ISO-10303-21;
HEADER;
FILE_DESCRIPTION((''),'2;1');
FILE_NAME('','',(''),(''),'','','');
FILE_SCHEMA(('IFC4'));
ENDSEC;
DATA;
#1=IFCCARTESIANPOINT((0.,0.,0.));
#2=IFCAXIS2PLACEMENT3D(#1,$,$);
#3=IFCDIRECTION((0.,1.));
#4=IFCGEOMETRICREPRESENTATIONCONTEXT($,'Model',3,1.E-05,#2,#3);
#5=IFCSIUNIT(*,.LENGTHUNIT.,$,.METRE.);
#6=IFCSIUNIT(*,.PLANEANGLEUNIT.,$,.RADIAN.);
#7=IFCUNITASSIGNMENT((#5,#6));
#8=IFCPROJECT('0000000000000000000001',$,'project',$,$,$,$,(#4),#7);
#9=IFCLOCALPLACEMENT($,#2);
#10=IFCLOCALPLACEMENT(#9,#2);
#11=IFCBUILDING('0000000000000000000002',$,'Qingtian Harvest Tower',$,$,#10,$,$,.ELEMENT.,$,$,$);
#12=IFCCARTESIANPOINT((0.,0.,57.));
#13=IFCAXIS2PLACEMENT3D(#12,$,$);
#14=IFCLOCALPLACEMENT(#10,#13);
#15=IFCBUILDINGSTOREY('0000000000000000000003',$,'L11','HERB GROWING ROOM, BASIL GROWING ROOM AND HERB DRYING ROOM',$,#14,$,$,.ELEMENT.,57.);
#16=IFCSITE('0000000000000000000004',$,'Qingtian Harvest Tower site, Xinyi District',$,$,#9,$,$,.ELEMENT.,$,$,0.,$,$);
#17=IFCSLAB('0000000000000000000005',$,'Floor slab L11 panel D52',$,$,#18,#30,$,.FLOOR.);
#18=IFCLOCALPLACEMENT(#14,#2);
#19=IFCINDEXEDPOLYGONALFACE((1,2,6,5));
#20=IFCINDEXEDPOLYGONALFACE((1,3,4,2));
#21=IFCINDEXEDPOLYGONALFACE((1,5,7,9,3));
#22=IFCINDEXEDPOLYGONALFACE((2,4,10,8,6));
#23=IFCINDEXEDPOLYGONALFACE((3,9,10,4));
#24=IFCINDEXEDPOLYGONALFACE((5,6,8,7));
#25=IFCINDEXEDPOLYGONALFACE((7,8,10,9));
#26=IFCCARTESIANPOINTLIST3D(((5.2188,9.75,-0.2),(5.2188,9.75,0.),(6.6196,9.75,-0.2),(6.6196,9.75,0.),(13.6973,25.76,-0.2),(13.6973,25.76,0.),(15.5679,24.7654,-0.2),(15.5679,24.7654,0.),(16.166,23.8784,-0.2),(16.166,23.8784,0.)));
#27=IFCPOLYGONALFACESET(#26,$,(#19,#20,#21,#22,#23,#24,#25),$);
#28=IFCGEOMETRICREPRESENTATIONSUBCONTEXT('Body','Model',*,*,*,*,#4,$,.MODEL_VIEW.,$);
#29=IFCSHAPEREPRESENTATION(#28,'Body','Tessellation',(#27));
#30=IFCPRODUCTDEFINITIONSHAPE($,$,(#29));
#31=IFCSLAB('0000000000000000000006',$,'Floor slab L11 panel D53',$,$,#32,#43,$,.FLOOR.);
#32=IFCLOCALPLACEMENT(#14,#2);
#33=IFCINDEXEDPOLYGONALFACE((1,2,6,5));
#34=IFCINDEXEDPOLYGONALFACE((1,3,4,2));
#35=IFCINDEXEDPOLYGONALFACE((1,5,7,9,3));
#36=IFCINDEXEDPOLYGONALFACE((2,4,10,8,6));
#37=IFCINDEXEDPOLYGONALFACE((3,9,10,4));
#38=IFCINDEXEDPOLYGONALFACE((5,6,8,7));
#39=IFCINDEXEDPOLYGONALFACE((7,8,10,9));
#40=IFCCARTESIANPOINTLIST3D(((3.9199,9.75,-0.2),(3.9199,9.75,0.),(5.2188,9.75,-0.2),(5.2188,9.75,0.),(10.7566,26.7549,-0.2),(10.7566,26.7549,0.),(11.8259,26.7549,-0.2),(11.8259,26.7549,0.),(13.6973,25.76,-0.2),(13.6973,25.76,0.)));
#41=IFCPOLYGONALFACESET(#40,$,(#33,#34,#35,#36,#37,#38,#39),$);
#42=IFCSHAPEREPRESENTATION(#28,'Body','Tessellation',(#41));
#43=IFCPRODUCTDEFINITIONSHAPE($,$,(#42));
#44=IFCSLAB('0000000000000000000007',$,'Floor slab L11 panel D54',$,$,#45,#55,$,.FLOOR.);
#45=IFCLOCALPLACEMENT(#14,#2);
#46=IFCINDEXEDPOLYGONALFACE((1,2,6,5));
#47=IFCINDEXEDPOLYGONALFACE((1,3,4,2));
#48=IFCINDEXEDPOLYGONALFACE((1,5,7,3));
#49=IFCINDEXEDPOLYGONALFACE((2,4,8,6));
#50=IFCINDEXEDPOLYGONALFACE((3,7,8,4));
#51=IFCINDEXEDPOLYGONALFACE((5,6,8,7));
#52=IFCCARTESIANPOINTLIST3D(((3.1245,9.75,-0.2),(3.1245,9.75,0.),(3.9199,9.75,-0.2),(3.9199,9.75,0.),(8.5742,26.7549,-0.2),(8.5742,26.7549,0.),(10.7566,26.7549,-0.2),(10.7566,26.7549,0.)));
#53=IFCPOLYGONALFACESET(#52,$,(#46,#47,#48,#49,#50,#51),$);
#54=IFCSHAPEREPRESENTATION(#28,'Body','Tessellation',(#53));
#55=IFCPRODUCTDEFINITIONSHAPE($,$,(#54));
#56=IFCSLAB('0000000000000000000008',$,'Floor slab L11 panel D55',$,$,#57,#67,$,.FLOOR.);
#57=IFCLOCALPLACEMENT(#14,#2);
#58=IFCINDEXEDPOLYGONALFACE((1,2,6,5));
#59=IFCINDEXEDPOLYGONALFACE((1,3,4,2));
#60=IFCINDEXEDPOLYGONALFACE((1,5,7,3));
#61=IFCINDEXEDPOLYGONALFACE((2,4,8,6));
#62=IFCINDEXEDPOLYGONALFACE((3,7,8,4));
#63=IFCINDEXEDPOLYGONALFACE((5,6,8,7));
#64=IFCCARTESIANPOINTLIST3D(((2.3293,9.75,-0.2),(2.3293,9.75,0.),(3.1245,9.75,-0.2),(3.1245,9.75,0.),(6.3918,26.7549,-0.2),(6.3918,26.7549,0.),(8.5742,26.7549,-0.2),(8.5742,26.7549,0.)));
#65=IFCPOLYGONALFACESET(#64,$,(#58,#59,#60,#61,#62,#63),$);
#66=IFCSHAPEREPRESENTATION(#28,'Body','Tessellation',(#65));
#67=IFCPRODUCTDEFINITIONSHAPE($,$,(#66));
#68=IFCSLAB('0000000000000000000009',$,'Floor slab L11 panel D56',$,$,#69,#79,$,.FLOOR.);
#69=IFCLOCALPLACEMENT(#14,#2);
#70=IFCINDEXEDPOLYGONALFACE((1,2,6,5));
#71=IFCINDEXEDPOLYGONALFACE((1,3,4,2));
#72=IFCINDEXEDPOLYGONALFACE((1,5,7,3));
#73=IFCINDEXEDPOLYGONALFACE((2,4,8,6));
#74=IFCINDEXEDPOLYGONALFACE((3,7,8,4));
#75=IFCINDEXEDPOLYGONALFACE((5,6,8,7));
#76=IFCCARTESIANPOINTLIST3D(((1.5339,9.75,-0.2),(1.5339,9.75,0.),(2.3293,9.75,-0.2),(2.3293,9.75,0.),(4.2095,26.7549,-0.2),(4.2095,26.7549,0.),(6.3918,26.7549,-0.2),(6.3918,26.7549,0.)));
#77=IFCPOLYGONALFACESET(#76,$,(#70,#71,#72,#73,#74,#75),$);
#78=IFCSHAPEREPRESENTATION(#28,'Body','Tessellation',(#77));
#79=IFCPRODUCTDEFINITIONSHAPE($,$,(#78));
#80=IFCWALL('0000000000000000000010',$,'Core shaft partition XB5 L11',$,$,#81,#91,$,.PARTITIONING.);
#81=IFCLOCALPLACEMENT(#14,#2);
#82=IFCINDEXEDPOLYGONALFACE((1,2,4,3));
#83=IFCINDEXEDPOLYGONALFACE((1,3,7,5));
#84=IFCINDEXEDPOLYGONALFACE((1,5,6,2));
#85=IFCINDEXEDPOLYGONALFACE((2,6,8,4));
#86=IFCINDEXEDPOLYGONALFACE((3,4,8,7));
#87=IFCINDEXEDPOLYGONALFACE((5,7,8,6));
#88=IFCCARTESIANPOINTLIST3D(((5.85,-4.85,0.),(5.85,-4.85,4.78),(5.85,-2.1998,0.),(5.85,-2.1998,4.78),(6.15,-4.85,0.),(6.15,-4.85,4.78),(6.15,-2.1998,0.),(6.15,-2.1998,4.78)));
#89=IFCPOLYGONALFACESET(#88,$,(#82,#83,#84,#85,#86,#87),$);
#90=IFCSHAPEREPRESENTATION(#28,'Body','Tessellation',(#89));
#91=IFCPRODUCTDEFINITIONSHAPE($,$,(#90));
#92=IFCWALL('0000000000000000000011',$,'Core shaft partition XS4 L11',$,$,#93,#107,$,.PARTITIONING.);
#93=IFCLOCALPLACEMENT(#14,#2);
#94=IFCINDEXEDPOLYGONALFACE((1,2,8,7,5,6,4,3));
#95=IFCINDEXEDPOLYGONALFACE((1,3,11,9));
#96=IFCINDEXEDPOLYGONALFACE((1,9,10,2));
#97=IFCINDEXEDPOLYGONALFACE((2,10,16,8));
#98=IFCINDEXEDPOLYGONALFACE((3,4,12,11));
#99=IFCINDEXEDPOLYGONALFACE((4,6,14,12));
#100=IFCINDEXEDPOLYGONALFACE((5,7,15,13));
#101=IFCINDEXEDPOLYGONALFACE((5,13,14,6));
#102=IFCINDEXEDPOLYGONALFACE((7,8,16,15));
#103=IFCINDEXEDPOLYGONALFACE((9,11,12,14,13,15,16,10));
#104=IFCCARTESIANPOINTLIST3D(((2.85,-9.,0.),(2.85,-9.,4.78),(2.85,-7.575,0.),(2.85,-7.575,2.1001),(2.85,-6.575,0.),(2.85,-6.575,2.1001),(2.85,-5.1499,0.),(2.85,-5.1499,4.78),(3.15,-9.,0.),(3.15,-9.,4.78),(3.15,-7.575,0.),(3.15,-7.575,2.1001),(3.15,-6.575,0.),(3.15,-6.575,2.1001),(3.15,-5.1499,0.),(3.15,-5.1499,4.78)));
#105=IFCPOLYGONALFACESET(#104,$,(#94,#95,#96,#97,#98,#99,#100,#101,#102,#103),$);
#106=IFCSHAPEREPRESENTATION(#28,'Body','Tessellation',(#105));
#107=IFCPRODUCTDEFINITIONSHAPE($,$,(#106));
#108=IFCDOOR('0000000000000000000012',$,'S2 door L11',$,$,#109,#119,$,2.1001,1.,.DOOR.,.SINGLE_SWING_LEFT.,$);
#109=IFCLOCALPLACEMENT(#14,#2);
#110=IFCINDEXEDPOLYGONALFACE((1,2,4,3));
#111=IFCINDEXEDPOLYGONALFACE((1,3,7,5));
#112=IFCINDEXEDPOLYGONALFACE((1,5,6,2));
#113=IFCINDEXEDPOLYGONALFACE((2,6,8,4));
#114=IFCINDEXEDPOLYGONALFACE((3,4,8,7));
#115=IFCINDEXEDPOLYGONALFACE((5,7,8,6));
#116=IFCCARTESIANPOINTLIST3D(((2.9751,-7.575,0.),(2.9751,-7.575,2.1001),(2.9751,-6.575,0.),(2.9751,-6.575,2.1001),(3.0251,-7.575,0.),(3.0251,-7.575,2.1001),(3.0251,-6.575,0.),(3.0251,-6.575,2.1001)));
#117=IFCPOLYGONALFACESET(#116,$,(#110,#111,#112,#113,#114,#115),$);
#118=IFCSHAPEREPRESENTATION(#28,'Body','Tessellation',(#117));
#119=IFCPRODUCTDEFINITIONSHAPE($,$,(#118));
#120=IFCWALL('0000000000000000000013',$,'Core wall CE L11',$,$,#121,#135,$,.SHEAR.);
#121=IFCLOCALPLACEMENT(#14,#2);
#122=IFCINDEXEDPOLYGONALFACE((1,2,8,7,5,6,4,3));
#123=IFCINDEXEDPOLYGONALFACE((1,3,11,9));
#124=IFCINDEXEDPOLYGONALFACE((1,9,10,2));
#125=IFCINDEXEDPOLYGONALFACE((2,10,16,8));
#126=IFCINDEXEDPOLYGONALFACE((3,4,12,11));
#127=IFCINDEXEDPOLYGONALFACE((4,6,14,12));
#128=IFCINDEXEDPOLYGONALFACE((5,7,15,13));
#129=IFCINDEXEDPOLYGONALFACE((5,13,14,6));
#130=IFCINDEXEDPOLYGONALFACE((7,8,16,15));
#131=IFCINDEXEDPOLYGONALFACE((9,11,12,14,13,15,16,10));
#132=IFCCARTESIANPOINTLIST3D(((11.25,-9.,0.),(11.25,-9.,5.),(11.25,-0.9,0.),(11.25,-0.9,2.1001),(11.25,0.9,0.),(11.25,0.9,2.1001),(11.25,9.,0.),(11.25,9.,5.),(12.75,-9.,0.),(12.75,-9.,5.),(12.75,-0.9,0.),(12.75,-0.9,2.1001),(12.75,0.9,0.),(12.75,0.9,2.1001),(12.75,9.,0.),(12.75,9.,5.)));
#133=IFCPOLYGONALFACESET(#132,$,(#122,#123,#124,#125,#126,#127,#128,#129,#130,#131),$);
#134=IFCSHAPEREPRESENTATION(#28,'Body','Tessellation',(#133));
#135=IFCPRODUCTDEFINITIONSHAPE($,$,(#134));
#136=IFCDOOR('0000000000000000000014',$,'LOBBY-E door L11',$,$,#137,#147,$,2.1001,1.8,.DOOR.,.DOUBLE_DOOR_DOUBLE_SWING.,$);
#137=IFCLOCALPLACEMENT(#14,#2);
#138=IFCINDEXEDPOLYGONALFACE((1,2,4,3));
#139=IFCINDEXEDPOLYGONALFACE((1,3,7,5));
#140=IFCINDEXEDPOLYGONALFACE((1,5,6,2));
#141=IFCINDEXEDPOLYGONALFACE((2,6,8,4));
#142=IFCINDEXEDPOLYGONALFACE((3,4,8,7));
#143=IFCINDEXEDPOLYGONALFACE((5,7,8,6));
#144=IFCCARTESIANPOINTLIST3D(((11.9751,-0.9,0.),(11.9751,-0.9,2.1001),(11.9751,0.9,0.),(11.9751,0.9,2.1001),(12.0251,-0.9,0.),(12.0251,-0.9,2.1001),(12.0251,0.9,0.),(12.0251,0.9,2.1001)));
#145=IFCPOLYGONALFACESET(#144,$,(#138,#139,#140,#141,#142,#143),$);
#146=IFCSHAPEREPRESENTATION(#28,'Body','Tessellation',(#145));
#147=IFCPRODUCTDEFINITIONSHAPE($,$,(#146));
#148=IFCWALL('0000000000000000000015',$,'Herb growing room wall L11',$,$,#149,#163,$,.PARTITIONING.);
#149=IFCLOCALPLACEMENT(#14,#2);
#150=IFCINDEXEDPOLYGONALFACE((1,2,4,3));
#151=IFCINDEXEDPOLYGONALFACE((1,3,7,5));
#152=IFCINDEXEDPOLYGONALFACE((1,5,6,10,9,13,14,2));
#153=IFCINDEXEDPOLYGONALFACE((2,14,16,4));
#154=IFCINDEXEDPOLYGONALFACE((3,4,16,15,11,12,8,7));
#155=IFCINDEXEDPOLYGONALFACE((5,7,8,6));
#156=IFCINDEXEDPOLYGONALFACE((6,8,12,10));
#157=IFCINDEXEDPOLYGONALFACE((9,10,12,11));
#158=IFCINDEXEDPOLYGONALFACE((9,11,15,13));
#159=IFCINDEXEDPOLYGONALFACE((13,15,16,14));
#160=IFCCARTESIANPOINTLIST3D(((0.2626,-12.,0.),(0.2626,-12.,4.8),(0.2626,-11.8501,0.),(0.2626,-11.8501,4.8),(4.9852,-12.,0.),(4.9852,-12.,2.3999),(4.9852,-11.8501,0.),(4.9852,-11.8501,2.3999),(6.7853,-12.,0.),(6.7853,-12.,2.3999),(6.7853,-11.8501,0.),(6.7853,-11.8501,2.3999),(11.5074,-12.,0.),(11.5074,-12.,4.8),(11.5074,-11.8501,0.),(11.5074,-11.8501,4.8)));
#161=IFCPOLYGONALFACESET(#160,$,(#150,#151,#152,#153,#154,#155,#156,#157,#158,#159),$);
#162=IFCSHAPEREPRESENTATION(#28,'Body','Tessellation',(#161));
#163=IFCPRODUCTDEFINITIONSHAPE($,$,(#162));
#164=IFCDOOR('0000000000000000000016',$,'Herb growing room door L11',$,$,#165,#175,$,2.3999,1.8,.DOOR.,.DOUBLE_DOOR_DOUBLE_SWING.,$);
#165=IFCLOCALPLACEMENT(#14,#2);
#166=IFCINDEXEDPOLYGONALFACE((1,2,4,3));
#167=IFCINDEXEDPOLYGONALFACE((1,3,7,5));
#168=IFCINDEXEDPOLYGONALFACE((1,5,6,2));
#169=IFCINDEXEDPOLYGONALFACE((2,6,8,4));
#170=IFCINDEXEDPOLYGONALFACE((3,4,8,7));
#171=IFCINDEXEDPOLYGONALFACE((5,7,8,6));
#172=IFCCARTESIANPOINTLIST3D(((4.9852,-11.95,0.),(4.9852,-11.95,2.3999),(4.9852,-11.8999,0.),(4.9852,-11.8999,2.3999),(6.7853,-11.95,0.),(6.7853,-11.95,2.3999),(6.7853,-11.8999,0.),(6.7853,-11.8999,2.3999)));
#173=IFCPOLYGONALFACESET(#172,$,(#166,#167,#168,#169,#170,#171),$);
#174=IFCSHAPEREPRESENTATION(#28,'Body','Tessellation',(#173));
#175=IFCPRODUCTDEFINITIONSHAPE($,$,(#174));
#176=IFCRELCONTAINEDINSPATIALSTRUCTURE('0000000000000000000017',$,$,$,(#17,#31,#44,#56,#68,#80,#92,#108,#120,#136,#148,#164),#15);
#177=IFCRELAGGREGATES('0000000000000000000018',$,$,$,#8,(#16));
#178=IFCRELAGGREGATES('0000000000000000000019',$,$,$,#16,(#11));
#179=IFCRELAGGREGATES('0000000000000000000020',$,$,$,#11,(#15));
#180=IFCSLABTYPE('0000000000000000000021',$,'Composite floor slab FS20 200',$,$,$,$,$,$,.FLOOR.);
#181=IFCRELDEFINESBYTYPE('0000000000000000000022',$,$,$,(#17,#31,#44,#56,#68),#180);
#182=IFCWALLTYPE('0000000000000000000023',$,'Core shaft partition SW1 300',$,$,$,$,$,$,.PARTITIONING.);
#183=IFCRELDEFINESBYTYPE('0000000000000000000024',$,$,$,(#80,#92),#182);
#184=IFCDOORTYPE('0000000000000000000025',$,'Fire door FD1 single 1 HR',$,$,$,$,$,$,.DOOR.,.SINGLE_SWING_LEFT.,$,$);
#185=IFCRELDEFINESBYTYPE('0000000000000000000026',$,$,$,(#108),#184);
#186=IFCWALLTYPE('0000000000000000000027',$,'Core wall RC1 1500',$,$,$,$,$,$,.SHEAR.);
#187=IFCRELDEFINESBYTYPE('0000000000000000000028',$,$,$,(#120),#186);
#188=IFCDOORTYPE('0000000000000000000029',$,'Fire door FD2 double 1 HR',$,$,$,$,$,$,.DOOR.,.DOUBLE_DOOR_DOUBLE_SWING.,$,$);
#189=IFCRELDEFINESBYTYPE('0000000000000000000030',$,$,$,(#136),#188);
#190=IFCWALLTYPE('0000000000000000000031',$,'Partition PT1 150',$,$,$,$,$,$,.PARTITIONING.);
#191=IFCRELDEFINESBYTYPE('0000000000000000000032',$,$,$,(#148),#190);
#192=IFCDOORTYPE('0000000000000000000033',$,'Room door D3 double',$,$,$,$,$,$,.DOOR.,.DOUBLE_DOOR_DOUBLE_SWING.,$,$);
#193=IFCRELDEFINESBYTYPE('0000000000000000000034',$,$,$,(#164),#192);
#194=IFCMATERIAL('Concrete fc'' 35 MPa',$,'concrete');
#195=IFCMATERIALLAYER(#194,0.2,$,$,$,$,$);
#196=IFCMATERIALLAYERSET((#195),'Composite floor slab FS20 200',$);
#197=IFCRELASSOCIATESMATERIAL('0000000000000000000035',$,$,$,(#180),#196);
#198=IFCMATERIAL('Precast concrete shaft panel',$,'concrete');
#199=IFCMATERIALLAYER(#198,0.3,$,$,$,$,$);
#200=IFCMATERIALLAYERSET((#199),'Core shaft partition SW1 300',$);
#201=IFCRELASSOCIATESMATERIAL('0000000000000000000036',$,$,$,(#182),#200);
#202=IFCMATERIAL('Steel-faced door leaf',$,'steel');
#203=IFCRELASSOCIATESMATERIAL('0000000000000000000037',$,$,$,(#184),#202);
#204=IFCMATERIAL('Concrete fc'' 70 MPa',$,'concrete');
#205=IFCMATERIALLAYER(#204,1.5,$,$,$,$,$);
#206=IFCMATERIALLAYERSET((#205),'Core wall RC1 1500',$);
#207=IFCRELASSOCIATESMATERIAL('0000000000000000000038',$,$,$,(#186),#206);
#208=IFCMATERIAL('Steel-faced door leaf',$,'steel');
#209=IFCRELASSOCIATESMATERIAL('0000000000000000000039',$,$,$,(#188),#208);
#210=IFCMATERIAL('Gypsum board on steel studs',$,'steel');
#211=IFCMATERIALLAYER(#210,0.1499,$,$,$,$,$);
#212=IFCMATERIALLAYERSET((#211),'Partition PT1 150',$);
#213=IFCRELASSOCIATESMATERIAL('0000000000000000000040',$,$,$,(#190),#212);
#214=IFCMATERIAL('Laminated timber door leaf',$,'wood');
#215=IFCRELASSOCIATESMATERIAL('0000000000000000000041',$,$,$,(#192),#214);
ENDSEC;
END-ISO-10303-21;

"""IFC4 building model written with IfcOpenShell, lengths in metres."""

from ifc_helpers import new_model, si_unit, direction, frame, frame_2d, origin, place, context, subcontext, project, spatial, polyline, rectangle, outline, extrude, material, layer, layer_set, type_object, element, fill, save


model = new_model("IFC4")

# Units and contexts
model_context = context("Model", 3, precision=1e-05, world=origin(), true_north=direction((0.0, 1.0)))
body_context = subcontext(model_context, "Body", "Model", "MODEL_VIEW")
ifc_project = project(units=[si_unit("LENGTHUNIT", "METRE"), si_unit("PLANEANGLEUNIT", "RADIAN")], contexts=[model_context])

# Site, building, storey
site_placement = place(None, origin())
site = spatial("IfcSite", under=ifc_project, at=site_placement, Name="Qingtian Harvest Tower site, Xinyi District", CompositionType="ELEMENT", RefElevation=0.0)
building_placement = place(site_placement, origin())
building = spatial("IfcBuilding", under=site, at=building_placement, Name="Qingtian Harvest Tower", CompositionType="ELEMENT")
storey_placement = place(building_placement, frame((0.0, 0.0, 57.0)))
storey = spatial("IfcBuildingStorey", under=building, at=storey_placement, Name="L11", Description="HERB GROWING ROOM, BASIL GROWING ROOM AND HERB DRYING ROOM", CompositionType="ELEMENT", Elevation=57.0)

# Slabs
ifc_material_1 = material(Name="Concrete fc' 35 MPa", Category="concrete")
ifc_layer_1 = layer(ifc_material_1, 0.2)
ifc_layer_set_1 = layer_set([ifc_layer_1], Name="Composite floor slab FS20 200")
slab_type = type_object("IfcSlabType", Name="Composite floor slab FS20 200", PredefinedType="FLOOR", material=ifc_layer_set_1)
slab_1_placement = place(storey_placement, frame((0.0, 0.0, -0.2)))
element("IfcSlab", 1, at=slab_1_placement, inside=storey, type_object=slab_type, Name="Floor slab L11 panel D52", PredefinedType="FLOOR", context=body_context, shape_type="SweptSolid", body=[
    extrude(outline(polyline([(6.6196, 9.75), (5.2188, 9.75), (13.6973, 25.76), (15.5679, 24.7654), (16.166, 23.8784), (6.6196, 9.75)])), origin(), (0.0, 0.0, 1.0), 0.2),
])
slab_2_placement = place(storey_placement, frame((0.0, 0.0, -0.2)))
element("IfcSlab", 2, at=slab_2_placement, inside=storey, type_object=slab_type, Name="Floor slab L11 panel D53", PredefinedType="FLOOR", context=body_context, shape_type="SweptSolid", body=[
    extrude(outline(polyline([(3.9199, 9.75), (10.7566, 26.7549), (11.8259, 26.7549), (13.6973, 25.76), (5.2188, 9.75), (3.9199, 9.75)])), origin(), (0.0, 0.0, 1.0), 0.2),
])
slab_3_placement = place(storey_placement, frame((0.0, 0.0, -0.2)))
element("IfcSlab", 3, at=slab_3_placement, inside=storey, type_object=slab_type, Name="Floor slab L11 panel D54", PredefinedType="FLOOR", context=body_context, shape_type="SweptSolid", body=[
    extrude(outline(polyline([(3.1245, 9.75), (8.5742, 26.7549), (10.7566, 26.7549), (3.9199, 9.75), (3.1245, 9.75)])), origin(), (0.0, 0.0, 1.0), 0.2),
])
slab_4_placement = place(storey_placement, frame((0.0, 0.0, -0.2)))
element("IfcSlab", 4, at=slab_4_placement, inside=storey, type_object=slab_type, Name="Floor slab L11 panel D55", PredefinedType="FLOOR", context=body_context, shape_type="SweptSolid", body=[
    extrude(outline(polyline([(2.3293, 9.75), (6.3918, 26.7549), (8.5742, 26.7549), (3.1245, 9.75), (2.3293, 9.75)])), origin(), (0.0, 0.0, 1.0), 0.2),
])
slab_5_placement = place(storey_placement, frame((0.0, 0.0, -0.2)))
element("IfcSlab", 5, at=slab_5_placement, inside=storey, type_object=slab_type, Name="Floor slab L11 panel D56", PredefinedType="FLOOR", context=body_context, shape_type="SweptSolid", body=[
    extrude(outline(polyline([(1.5339, 9.75), (4.2095, 26.7549), (6.3918, 26.7549), (2.3293, 9.75), (1.5339, 9.75)])), origin(), (0.0, 0.0, 1.0), 0.2),
])

# Wall
ifc_material_2 = material(Name="Precast concrete shaft panel", Category="concrete")
ifc_layer_2 = layer(ifc_material_2, 0.3)
ifc_layer_set_2 = layer_set([ifc_layer_2], Name="Core shaft partition SW1 300")
wall_type_1 = type_object("IfcWallType", Name="Core shaft partition SW1 300", PredefinedType="PARTITIONING", material=ifc_layer_set_2)
wall_1_placement = place(storey_placement, frame((6.0, -4.8501, 0.0), z_axis=(0.0, 0.0, 1.0), x_axis=(0.0, 1.0, 0.0)))
element("IfcWall", 6, at=wall_1_placement, inside=storey, type_object=wall_type_1, Name="Core shaft partition XB5 L11", PredefinedType="PARTITIONING", context=body_context, shape_type="SweptSolid", body=[
    extrude(rectangle(XDim=2.6501, YDim=0.3, at=frame_2d((1.3252, 0.0))), origin(), (0.0, 0.0, 1.0), 4.78),
])

# Walls, openings, doors
wall_2_placement = place(storey_placement, frame((3.0, -9.0, 0.0), z_axis=(0.0, 0.0, 1.0), x_axis=(0.0, 1.0, 0.0)))
wall_2 = element("IfcWall", 7, at=wall_2_placement, inside=storey, type_object=wall_type_1, Name="Core shaft partition XS4 L11", PredefinedType="PARTITIONING", context=body_context, shape_type="SweptSolid", body=[
    extrude(rectangle(XDim=3.8501, YDim=0.3, at=frame_2d((1.925, 0.0))), origin(), (0.0, 0.0, 1.0), 4.78),
])
opening_1_placement = place(wall_2_placement, frame((1.425, 0.0, 0.0)))
opening_1 = element("IfcOpeningElement", 8, at=opening_1_placement, cuts=wall_2, PredefinedType="OPENING", context=body_context, shape_type="SweptSolid", body=[
    extrude(rectangle(XDim=1.0, YDim=2.1001, at=frame_2d((0.5, 1.05))), frame((0.0, 0.1599, 0.0), z_axis=(0.0, -1.0, 0.0), x_axis=(1.0, 0.0, 0.0)), (0.0, 0.0, 1.0), 0.3201),
])
ifc_material_3 = material(Name="Steel-faced door leaf", Category="steel")
door_type_1 = type_object("IfcDoorType", Name="Fire door FD1 single 1 HR", OperationType="SINGLE_SWING_LEFT", PredefinedType="DOOR", material=ifc_material_3)
door_1_placement = place(opening_1_placement, origin())
door_1 = element("IfcDoor", 9, at=door_1_placement, inside=storey, type_object=door_type_1, Name="S2 door L11", OperationType="SINGLE_SWING_LEFT", OverallHeight=2.1001, OverallWidth=1.0, PredefinedType="DOOR", context=body_context, shape_type="SweptSolid", body=[
    extrude(rectangle(XDim=1.0, YDim=2.1001, at=frame_2d((0.5, 1.05))), frame((0.0, 0.0249, 0.0), z_axis=(0.0, -1.0, 0.0), x_axis=(1.0, 0.0, 0.0)), (0.0, 0.0, 1.0), 0.05),
])
fill(opening_1, door_1)
ifc_material_4 = material(Name="Concrete fc' 70 MPa", Category="concrete")
ifc_layer_3 = layer(ifc_material_4, 1.5)
ifc_layer_set_3 = layer_set([ifc_layer_3], Name="Core wall RC1 1500")
wall_type_2 = type_object("IfcWallType", Name="Core wall RC1 1500", PredefinedType="SHEAR", material=ifc_layer_set_3)
wall_3_placement = place(storey_placement, frame((12.0, -9.0, 0.0), z_axis=(0.0, 0.0, 1.0), x_axis=(0.0, 1.0, 0.0)))
wall_3 = element("IfcWall", 10, at=wall_3_placement, inside=storey, type_object=wall_type_2, Name="Core wall CE L11", PredefinedType="SHEAR", context=body_context, shape_type="SweptSolid", body=[
    extrude(rectangle(XDim=18.0, YDim=1.5, at=frame_2d((9.0, 0.0))), origin(), (0.0, 0.0, 1.0), 5.0),
])
opening_2_placement = place(wall_3_placement, frame((8.1001, 0.0, 0.0)))
opening_2 = element("IfcOpeningElement", 11, at=opening_2_placement, cuts=wall_3, PredefinedType="OPENING", context=body_context, shape_type="SweptSolid", body=[
    extrude(rectangle(XDim=1.8, YDim=2.1001, at=frame_2d((0.8999, 1.05))), frame((0.0, 0.76, 0.0), z_axis=(0.0, -1.0, 0.0), x_axis=(1.0, 0.0, 0.0)), (0.0, 0.0, 1.0), 1.52),
])
ifc_material_5 = material(Name="Steel-faced door leaf", Category="steel")
door_type_2 = type_object("IfcDoorType", Name="Fire door FD2 double 1 HR", OperationType="DOUBLE_DOOR_DOUBLE_SWING", PredefinedType="DOOR", material=ifc_material_5)
door_2_placement = place(opening_2_placement, origin())
door_2 = element("IfcDoor", 12, at=door_2_placement, inside=storey, type_object=door_type_2, Name="LOBBY-E door L11", OperationType="DOUBLE_DOOR_DOUBLE_SWING", OverallHeight=2.1001, OverallWidth=1.8, PredefinedType="DOOR", context=body_context, shape_type="SweptSolid", body=[
    extrude(rectangle(XDim=1.8, YDim=2.1001, at=frame_2d((0.8999, 1.05))), frame((0.0, 0.0249, 0.0), z_axis=(0.0, -1.0, 0.0), x_axis=(1.0, 0.0, 0.0)), (0.0, 0.0, 1.0), 0.05),
])
fill(opening_2, door_2)
ifc_material_6 = material(Name="Gypsum board on steel studs", Category="steel")
ifc_layer_4 = layer(ifc_material_6, 0.1499)
ifc_layer_set_4 = layer_set([ifc_layer_4], Name="Partition PT1 150")
wall_type_3 = type_object("IfcWallType", Name="Partition PT1 150", PredefinedType="PARTITIONING", material=ifc_layer_set_4)
wall_4_placement = place(storey_placement, frame((11.5076, -11.925, 0.0), z_axis=(0.0, 0.0, 1.0), x_axis=(-1.0, 0.0, 0.0)))
wall_4 = element("IfcWall", 13, at=wall_4_placement, inside=storey, type_object=wall_type_3, Name="Herb growing room wall L11", PredefinedType="PARTITIONING", context=body_context, shape_type="SweptSolid", body=[
    extrude(rectangle(XDim=11.2449, YDim=0.1499, at=frame_2d((5.6226, 0.0))), origin(), (0.0, 0.0, 1.0), 4.8),
])
opening_3_placement = place(wall_4_placement, frame((4.7224, 0.0, 0.0)))
opening_3 = element("IfcOpeningElement", 14, at=opening_3_placement, cuts=wall_4, PredefinedType="OPENING", context=body_context, shape_type="SweptSolid", body=[
    extrude(rectangle(XDim=1.8, YDim=2.3999, at=frame_2d((0.8999, 1.2))), frame((0.0, 0.085, 0.0), z_axis=(0.0, -1.0, 0.0), x_axis=(1.0, 0.0, 0.0)), (0.0, 0.0, 1.0), 0.1699),
])
ifc_material_7 = material(Name="Laminated timber door leaf", Category="wood")
door_type_3 = type_object("IfcDoorType", Name="Room door D3 double", OperationType="DOUBLE_DOOR_DOUBLE_SWING", PredefinedType="DOOR", material=ifc_material_7)
door_3_placement = place(opening_3_placement, origin())
door_3 = element("IfcDoor", 15, at=door_3_placement, inside=storey, type_object=door_type_3, Name="Herb growing room door L11", OperationType="DOUBLE_DOOR_DOUBLE_SWING", OverallHeight=2.3999, OverallWidth=1.8, PredefinedType="DOOR", context=body_context, shape_type="SweptSolid", body=[
    extrude(rectangle(XDim=1.8, YDim=2.3999, at=frame_2d((0.8999, 1.2))), frame((0.0, 0.0249, 0.0), z_axis=(0.0, -1.0, 0.0), x_axis=(1.0, 0.0, 0.0)), (0.0, 0.0, 1.0), 0.05),
])
fill(opening_3, door_3)

save(model, "model.ifc")
